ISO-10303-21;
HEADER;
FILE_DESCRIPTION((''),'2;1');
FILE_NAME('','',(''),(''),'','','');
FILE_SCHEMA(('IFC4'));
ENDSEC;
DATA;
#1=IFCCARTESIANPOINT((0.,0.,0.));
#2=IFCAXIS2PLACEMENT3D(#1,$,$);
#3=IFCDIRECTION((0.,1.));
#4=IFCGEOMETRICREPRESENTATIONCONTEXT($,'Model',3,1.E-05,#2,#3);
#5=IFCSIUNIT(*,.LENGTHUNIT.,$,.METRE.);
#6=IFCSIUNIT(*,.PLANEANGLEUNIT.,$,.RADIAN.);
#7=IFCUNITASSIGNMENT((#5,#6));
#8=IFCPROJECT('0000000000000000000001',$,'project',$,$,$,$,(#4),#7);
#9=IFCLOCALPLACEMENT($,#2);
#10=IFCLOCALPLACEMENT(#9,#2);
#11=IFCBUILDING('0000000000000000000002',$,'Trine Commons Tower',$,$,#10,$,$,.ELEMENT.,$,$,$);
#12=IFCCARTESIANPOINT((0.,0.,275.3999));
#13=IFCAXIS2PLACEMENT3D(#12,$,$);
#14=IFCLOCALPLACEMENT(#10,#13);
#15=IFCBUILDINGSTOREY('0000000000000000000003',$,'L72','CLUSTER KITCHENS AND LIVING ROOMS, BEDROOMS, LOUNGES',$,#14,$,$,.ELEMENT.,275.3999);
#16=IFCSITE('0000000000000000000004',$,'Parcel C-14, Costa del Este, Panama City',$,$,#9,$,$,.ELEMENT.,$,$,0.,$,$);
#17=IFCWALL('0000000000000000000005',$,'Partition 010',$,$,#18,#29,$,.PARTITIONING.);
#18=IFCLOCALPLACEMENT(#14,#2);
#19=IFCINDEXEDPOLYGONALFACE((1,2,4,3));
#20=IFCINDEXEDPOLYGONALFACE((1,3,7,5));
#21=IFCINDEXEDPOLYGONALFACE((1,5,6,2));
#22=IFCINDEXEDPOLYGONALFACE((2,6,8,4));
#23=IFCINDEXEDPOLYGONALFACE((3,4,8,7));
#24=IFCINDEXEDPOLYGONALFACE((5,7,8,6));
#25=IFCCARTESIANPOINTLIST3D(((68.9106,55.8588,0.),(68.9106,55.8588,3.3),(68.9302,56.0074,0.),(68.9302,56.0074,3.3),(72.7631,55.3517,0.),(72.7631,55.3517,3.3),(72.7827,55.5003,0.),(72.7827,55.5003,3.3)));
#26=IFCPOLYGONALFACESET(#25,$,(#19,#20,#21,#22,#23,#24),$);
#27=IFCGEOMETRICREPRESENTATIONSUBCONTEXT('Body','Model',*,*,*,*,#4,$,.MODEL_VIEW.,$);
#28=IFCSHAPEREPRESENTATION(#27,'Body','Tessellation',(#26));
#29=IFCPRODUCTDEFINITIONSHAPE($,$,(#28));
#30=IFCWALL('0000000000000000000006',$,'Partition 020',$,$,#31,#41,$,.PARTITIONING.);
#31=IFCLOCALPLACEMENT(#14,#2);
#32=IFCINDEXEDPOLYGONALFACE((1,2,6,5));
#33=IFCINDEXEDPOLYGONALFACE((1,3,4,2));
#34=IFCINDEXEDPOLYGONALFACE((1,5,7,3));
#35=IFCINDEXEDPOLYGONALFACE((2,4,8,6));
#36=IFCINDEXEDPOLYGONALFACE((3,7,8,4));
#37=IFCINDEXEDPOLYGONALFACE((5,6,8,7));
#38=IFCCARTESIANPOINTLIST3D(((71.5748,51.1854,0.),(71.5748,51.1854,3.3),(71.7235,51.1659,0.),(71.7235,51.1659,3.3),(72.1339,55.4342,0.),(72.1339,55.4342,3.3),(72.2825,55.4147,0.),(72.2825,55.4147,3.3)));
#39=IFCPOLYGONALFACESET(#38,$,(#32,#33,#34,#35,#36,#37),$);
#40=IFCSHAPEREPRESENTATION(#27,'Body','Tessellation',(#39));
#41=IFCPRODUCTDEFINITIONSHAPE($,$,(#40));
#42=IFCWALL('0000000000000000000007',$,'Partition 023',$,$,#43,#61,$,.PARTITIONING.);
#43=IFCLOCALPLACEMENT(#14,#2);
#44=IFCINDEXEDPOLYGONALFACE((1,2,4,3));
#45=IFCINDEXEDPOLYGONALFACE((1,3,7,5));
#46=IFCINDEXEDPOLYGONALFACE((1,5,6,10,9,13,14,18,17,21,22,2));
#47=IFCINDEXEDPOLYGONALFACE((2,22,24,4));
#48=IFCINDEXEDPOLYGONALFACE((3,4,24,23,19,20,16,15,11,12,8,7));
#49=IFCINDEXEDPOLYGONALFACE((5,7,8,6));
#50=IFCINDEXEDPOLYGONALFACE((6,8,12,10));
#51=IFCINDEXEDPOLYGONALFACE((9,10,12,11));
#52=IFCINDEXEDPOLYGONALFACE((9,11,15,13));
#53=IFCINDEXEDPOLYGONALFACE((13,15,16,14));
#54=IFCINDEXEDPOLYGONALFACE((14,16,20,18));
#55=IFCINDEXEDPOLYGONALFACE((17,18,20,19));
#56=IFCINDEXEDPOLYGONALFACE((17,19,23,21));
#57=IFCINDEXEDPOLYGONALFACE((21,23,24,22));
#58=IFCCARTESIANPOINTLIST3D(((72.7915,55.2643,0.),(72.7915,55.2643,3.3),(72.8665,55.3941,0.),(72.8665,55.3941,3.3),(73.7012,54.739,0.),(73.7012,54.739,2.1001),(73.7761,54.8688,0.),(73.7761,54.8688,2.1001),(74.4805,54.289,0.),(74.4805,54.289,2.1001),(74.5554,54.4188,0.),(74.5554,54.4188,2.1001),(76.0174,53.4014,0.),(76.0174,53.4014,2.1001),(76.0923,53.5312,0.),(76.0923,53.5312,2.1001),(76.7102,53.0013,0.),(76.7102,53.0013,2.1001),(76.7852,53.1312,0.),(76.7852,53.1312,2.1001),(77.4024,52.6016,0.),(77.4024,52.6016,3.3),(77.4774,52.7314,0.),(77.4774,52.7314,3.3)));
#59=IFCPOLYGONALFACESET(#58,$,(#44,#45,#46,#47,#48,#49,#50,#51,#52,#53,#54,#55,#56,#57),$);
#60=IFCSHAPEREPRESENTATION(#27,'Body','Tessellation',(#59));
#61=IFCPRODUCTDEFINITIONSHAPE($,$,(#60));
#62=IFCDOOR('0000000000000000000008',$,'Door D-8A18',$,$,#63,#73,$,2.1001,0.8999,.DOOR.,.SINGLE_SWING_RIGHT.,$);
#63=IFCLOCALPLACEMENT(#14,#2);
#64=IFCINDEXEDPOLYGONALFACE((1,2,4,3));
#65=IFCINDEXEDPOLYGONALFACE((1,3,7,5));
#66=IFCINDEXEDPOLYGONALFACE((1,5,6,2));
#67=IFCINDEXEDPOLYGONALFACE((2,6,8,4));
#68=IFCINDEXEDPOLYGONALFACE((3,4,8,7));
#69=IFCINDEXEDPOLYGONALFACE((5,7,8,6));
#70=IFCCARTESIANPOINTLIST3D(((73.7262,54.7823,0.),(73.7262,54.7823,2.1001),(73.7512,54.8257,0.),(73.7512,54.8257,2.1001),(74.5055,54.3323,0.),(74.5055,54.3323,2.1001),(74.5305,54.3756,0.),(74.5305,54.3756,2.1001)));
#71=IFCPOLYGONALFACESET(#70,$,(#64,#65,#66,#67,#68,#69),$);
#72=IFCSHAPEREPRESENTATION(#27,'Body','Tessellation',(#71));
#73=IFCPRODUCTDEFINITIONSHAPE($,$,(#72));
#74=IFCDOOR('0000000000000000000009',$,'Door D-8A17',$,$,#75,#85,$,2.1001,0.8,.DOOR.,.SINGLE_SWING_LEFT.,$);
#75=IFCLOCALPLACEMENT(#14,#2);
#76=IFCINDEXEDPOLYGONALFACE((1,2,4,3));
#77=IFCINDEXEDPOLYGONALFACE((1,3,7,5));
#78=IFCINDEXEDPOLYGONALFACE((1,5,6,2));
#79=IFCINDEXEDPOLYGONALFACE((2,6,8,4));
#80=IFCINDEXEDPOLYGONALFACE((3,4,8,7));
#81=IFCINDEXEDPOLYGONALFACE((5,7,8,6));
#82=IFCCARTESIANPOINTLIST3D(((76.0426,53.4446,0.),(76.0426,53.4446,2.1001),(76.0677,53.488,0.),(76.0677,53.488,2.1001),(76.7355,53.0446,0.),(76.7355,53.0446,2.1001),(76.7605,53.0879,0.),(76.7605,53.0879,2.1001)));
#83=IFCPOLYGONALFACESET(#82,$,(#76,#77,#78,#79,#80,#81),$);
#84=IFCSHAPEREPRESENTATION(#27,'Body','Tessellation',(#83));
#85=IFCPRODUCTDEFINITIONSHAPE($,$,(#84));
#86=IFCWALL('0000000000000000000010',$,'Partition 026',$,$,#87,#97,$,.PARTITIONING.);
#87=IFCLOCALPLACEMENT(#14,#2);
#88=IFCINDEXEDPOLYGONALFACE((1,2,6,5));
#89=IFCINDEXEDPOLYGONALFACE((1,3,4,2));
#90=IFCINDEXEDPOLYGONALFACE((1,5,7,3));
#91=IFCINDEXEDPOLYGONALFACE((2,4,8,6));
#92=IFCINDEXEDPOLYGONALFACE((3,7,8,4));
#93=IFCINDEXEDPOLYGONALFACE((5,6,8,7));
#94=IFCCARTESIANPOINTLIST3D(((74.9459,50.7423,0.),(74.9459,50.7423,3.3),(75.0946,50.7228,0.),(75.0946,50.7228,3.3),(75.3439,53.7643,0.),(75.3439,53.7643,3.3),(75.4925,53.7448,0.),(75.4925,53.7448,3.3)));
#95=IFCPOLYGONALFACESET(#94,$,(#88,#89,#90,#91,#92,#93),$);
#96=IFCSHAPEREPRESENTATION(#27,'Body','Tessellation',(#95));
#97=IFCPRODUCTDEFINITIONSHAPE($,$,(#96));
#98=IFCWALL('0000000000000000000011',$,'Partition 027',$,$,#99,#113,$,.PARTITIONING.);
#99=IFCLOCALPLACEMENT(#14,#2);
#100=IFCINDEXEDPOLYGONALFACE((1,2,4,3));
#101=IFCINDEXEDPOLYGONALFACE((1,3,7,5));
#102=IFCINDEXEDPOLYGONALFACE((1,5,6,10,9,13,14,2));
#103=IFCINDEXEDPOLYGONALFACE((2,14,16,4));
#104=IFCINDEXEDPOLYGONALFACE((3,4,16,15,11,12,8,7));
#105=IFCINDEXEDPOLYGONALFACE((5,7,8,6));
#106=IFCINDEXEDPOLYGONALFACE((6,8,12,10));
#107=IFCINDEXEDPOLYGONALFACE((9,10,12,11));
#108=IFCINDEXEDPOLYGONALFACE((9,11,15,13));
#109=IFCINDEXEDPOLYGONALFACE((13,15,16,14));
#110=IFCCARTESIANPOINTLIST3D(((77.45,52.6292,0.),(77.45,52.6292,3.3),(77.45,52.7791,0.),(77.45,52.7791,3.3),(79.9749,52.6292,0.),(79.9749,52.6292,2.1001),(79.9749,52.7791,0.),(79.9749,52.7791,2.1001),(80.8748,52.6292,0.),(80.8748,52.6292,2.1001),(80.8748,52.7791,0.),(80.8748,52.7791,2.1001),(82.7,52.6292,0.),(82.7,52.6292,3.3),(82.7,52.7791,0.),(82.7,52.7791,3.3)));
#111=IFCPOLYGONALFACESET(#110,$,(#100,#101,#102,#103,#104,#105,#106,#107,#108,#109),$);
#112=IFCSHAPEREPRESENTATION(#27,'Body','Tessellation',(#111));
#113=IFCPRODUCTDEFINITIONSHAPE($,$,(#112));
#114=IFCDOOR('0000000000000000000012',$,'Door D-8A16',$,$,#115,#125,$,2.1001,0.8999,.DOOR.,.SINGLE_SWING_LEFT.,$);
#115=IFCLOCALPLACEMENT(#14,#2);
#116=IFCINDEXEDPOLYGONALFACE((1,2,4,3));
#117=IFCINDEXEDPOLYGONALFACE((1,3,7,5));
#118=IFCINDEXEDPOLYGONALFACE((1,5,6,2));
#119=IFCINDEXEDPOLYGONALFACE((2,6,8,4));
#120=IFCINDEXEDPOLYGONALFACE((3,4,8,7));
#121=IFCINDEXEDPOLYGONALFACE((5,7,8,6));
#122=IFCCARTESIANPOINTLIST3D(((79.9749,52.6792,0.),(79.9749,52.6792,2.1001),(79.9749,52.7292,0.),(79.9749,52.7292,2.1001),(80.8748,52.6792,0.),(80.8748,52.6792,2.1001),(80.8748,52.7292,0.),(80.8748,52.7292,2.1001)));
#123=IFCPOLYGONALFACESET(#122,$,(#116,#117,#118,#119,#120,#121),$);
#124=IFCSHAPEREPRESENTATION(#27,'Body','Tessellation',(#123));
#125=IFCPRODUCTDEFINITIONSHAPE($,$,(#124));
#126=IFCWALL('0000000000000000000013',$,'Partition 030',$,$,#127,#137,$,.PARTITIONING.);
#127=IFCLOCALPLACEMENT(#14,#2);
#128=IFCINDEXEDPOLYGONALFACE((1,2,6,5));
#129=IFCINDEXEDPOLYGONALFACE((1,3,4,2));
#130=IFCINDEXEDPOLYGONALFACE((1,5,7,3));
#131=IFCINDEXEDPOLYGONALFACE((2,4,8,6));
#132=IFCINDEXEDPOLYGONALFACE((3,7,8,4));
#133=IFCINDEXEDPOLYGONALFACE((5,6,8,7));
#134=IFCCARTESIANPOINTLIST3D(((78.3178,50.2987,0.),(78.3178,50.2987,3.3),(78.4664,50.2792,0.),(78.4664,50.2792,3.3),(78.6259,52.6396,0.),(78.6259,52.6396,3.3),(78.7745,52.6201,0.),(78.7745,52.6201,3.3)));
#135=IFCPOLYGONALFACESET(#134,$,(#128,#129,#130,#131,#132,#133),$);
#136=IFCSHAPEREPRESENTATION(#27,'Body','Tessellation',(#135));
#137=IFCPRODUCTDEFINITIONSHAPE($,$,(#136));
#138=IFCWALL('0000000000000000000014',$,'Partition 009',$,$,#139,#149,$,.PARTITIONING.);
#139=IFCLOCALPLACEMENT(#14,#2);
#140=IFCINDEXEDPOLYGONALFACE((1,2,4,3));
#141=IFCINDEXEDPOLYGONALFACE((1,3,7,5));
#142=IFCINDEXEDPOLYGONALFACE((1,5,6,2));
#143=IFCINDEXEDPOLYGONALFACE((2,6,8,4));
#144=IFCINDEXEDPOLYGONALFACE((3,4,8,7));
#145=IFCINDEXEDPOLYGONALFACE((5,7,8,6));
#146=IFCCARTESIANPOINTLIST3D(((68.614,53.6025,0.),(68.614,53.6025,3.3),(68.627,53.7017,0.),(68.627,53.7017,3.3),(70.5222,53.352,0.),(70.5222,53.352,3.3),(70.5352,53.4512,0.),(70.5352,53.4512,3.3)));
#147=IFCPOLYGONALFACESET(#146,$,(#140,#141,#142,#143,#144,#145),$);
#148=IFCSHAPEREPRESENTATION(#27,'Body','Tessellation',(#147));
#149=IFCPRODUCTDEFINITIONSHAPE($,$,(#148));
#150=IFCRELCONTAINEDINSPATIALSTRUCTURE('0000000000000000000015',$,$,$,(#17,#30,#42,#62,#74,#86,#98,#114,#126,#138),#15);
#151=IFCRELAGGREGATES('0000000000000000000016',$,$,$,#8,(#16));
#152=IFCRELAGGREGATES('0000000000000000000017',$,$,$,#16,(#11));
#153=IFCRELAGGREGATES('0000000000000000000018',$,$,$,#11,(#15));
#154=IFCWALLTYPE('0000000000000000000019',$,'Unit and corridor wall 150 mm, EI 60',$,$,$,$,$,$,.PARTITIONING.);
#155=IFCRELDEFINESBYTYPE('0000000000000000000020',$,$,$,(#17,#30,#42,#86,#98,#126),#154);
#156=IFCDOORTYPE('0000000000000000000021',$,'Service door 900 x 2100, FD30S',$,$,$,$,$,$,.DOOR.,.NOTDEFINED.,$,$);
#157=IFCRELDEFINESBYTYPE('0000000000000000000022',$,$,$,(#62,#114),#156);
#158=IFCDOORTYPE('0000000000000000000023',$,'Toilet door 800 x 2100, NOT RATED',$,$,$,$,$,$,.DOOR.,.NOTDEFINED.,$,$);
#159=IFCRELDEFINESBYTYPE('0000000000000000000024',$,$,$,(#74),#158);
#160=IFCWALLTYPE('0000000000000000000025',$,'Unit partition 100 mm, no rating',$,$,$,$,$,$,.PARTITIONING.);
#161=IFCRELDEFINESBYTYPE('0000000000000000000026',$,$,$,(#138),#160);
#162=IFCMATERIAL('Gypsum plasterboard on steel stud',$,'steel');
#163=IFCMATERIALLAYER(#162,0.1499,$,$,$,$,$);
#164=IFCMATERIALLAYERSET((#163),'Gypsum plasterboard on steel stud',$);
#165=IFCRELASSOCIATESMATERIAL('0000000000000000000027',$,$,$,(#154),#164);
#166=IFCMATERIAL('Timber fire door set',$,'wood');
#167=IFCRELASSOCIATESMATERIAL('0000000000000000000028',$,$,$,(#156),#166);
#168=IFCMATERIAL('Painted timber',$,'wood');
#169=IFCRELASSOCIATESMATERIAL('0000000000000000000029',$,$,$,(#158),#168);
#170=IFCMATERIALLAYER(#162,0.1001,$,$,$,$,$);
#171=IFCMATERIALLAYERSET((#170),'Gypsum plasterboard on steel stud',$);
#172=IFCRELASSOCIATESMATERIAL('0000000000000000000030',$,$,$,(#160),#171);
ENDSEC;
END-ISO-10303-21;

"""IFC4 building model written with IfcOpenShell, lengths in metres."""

from ifc_helpers import new_model, si_unit, direction, frame, frame_2d, origin, place, context, subcontext, project, spatial, rectangle, extrude, material, layer, layer_set, type_object, element, fill, save


model = new_model("IFC4")

# Units and contexts
model_context = context("Model", 3, precision=1e-05, world=origin(), true_north=direction((0.0, 1.0)))
body_context = subcontext(model_context, "Body", "Model", "MODEL_VIEW")
ifc_project = project(units=[si_unit("LENGTHUNIT", "METRE"), si_unit("PLANEANGLEUNIT", "RADIAN")], contexts=[model_context])

# Site, building, storey
site_placement = place(None, origin())
site = spatial("IfcSite", under=ifc_project, at=site_placement, Name="Parcel C-14, Costa del Este, Panama City", CompositionType="ELEMENT", RefElevation=0.0)
building_placement = place(site_placement, origin())
building = spatial("IfcBuilding", under=site, at=building_placement, Name="Trine Commons Tower", CompositionType="ELEMENT")
storey_placement = place(building_placement, frame((0.0, 0.0, 275.3999)))
storey = spatial("IfcBuildingStorey", under=building, at=storey_placement, Name="L72", Description="CLUSTER KITCHENS AND LIVING ROOMS, BEDROOMS, LOUNGES", CompositionType="ELEMENT", Elevation=275.3999)

# Shared definitions
ifc_material_1 = material(Name="Gypsum plasterboard on steel stud", Category="steel")
ifc_layer_1 = layer(ifc_material_1, 0.1499)
ifc_layer_set_1 = layer_set([ifc_layer_1], Name="Gypsum plasterboard on steel stud")
wall_type_1 = type_object("IfcWallType", Name="Unit and corridor wall 150 mm, EI 60", PredefinedType="PARTITIONING", material=ifc_layer_set_1)
ifc_material_2 = material(Name="Timber fire door set", Category="wood")

# Walls
wall_1_placement = place(storey_placement, frame((68.9204, 55.9331, 0.0), z_axis=(0.0, 0.0, 1.0), x_axis=(0.991449, -0.130497, 0.0)))
element("IfcWall", 1, at=wall_1_placement, inside=storey, type_object=wall_type_1, Name="Partition 010", PredefinedType="PARTITIONING", context=body_context, shape_type="SweptSolid", body=[
    extrude(rectangle(XDim=3.8857, YDim=0.1499, at=frame_2d((1.9429, 0.0))), origin(), (0.0, 0.0, 1.0), 3.3),
])
wall_2_placement = place(storey_placement, frame((71.6492, 51.1758, 0.0), z_axis=(0.0, 0.0, 1.0), x_axis=(0.130462, 0.991453, 0.0)))
element("IfcWall", 2, at=wall_2_placement, inside=storey, type_object=wall_type_1, Name="Partition 020", PredefinedType="PARTITIONING", context=body_context, shape_type="SweptSolid", body=[
    extrude(rectangle(XDim=4.2854, YDim=0.1499, at=frame_2d((2.1426, 0.0))), origin(), (0.0, 0.0, 1.0), 3.3),
])

# Wall, openings, doors
wall_3_placement = place(storey_placement, frame((72.8291, 55.3291, 0.0), z_axis=(0.0, 0.0, 1.0), x_axis=(0.865982, -0.500074, 0.0)))
wall_3 = element("IfcWall", 3, at=wall_3_placement, inside=storey, type_object=wall_type_1, Name="Partition 023", PredefinedType="PARTITIONING", context=body_context, shape_type="SweptSolid", body=[
    extrude(rectangle(XDim=5.3245, YDim=0.1499, at=frame_2d((2.6621, 0.0))), origin(), (0.0, 0.0, 1.0), 3.3),
])
opening_1_placement = place(wall_3_placement, frame((3.7251, 0.0, 0.0)))
opening_1 = element("IfcOpeningElement", 4, at=opening_1_placement, cuts=wall_3, PredefinedType="OPENING", context=body_context, shape_type="SweptSolid", body=[
    extrude(rectangle(XDim=0.8, YDim=2.1001, at=frame_2d((0.3999, 1.05))), frame((0.0, 0.085, 0.0), z_axis=(0.0, -1.0, 0.0), x_axis=(1.0, 0.0, 0.0)), (0.0, 0.0, 1.0), 0.1699),
])
opening_2_placement = place(wall_3_placement, frame((1.0503, 0.0, 0.0)))
opening_2 = element("IfcOpeningElement", 5, at=opening_2_placement, cuts=wall_3, PredefinedType="OPENING", context=body_context, shape_type="SweptSolid", body=[
    extrude(rectangle(XDim=0.8999, YDim=2.1001, at=frame_2d((0.45, 1.05))), frame((0.0, 0.085, 0.0), z_axis=(0.0, -1.0, 0.0), x_axis=(1.0, 0.0, 0.0)), (0.0, 0.0, 1.0), 0.1699),
])
door_type_1 = type_object("IfcDoorType", Name="Service door 900 x 2100, FD30S", OperationType="NOTDEFINED", PredefinedType="DOOR", material=ifc_material_2)
door_1_placement = place(opening_2_placement, frame((0.8999, 0.0, 0.0), z_axis=(0.0, 0.0, 1.0), x_axis=(-1.0, 0.0, 0.0)))
door_1 = element("IfcDoor", 6, at=door_1_placement, inside=storey, type_object=door_type_1, Name="Door D-8A18", OperationType="SINGLE_SWING_RIGHT", OverallHeight=2.1001, OverallWidth=0.8999, PredefinedType="DOOR", context=body_context, shape_type="SweptSolid", body=[
    extrude(rectangle(XDim=0.8999, YDim=2.1001, at=frame_2d((0.45, 1.05))), frame((0.0, 0.0249, 0.0), z_axis=(0.0, -1.0, 0.0), x_axis=(1.0, 0.0, 0.0)), (0.0, 0.0, 1.0), 0.05),
])
fill(opening_2, door_1)
ifc_material_3 = material(Name="Painted timber", Category="wood")
door_type_2 = type_object("IfcDoorType", Name="Toilet door 800 x 2100, NOT RATED", OperationType="NOTDEFINED", PredefinedType="DOOR", material=ifc_material_3)
door_2_placement = place(opening_1_placement, frame((0.8, 0.0, 0.0), z_axis=(0.0, 0.0, 1.0), x_axis=(-1.0, 0.0, 0.0)))
door_2 = element("IfcDoor", 7, at=door_2_placement, inside=storey, type_object=door_type_2, Name="Door D-8A17", OperationType="SINGLE_SWING_LEFT", OverallHeight=2.1001, OverallWidth=0.8, PredefinedType="DOOR", context=body_context, shape_type="SweptSolid", body=[
    extrude(rectangle(XDim=0.8, YDim=2.1001, at=frame_2d((0.3999, 1.05))), frame((0.0, 0.0249, 0.0), z_axis=(0.0, -1.0, 0.0), x_axis=(1.0, 0.0, 0.0)), (0.0, 0.0, 1.0), 0.05),
])
fill(opening_1, door_2)

# Wall
wall_4_placement = place(storey_placement, frame((75.0203, 50.7327, 0.0), z_axis=(0.0, 0.0, 1.0), x_axis=(0.130558, 0.991441, 0.0)))
element("IfcWall", 8, at=wall_4_placement, inside=storey, type_object=wall_type_1, Name="Partition 026", PredefinedType="PARTITIONING", context=body_context, shape_type="SweptSolid", body=[
    extrude(rectangle(XDim=3.0481, YDim=0.1499, at=frame_2d((1.5239, 0.0))), origin(), (0.0, 0.0, 1.0), 3.3),
])

# Wall, opening, door
wall_5_placement = place(storey_placement, frame((77.45, 52.7041, 0.0), z_axis=(0.0, 0.0, 1.0), x_axis=(1.0, 0.0, 0.0)))
wall_5 = element("IfcWall", 9, at=wall_5_placement, inside=storey, type_object=wall_type_1, Name="Partition 027", PredefinedType="PARTITIONING", context=body_context, shape_type="SweptSolid", body=[
    extrude(rectangle(XDim=5.25, YDim=0.1499, at=frame_2d((2.625, 0.0))), origin(), (0.0, 0.0, 1.0), 3.3),
])
opening_3_placement = place(wall_5_placement, frame((2.5249, 0.0, 0.0)))
opening_3 = element("IfcOpeningElement", 10, at=opening_3_placement, cuts=wall_5, PredefinedType="OPENING", context=body_context, shape_type="SweptSolid", body=[
    extrude(rectangle(XDim=0.8999, YDim=2.1001, at=frame_2d((0.45, 1.05))), frame((0.0, 0.085, 0.0), z_axis=(0.0, -1.0, 0.0), x_axis=(1.0, 0.0, 0.0)), (0.0, 0.0, 1.0), 0.1699),
])
door_3_placement = place(opening_3_placement, frame((0.8999, 0.0, 0.0), z_axis=(0.0, 0.0, 1.0), x_axis=(-1.0, 0.0, 0.0)))
door_3 = element("IfcDoor", 11, at=door_3_placement, inside=storey, type_object=door_type_1, Name="Door D-8A16", OperationType="SINGLE_SWING_LEFT", OverallHeight=2.1001, OverallWidth=0.8999, PredefinedType="DOOR", context=body_context, shape_type="SweptSolid", body=[
    extrude(rectangle(XDim=0.8999, YDim=2.1001, at=frame_2d((0.45, 1.05))), frame((0.0, 0.0249, 0.0), z_axis=(0.0, -1.0, 0.0), x_axis=(1.0, 0.0, 0.0)), (0.0, 0.0, 1.0), 0.05),
])
fill(opening_3, door_3)

# Walls
wall_6_placement = place(storey_placement, frame((78.3921, 50.2888, 0.0), z_axis=(0.0, 0.0, 1.0), x_axis=(0.130497, 0.991449, 0.0)))
element("IfcWall", 12, at=wall_6_placement, inside=storey, type_object=wall_type_1, Name="Partition 030", PredefinedType="PARTITIONING", context=body_context, shape_type="SweptSolid", body=[
    extrude(rectangle(XDim=2.3611, YDim=0.1499, at=frame_2d((1.1807, 0.0))), origin(), (0.0, 0.0, 1.0), 3.3),
])
ifc_layer_2 = layer(ifc_material_1, 0.1001)
ifc_layer_set_2 = layer_set([ifc_layer_2], Name="Gypsum plasterboard on steel stud")
wall_type_2 = type_object("IfcWallType", Name="Unit partition 100 mm, no rating", PredefinedType="PARTITIONING", material=ifc_layer_set_2)
wall_7_placement = place(storey_placement, frame((68.6204, 53.6521, 0.0), z_axis=(0.0, 0.0, 1.0), x_axis=(0.991494, -0.130153, 0.0)))
element("IfcWall", 13, at=wall_7_placement, inside=storey, type_object=wall_type_2, Name="Partition 009", PredefinedType="PARTITIONING", context=body_context, shape_type="SweptSolid", body=[
    extrude(rectangle(XDim=1.9246, YDim=0.1001, at=frame_2d((0.9624, 0.0))), origin(), (0.0, 0.0, 1.0), 3.3),
])

save(model, "model.ifc")
